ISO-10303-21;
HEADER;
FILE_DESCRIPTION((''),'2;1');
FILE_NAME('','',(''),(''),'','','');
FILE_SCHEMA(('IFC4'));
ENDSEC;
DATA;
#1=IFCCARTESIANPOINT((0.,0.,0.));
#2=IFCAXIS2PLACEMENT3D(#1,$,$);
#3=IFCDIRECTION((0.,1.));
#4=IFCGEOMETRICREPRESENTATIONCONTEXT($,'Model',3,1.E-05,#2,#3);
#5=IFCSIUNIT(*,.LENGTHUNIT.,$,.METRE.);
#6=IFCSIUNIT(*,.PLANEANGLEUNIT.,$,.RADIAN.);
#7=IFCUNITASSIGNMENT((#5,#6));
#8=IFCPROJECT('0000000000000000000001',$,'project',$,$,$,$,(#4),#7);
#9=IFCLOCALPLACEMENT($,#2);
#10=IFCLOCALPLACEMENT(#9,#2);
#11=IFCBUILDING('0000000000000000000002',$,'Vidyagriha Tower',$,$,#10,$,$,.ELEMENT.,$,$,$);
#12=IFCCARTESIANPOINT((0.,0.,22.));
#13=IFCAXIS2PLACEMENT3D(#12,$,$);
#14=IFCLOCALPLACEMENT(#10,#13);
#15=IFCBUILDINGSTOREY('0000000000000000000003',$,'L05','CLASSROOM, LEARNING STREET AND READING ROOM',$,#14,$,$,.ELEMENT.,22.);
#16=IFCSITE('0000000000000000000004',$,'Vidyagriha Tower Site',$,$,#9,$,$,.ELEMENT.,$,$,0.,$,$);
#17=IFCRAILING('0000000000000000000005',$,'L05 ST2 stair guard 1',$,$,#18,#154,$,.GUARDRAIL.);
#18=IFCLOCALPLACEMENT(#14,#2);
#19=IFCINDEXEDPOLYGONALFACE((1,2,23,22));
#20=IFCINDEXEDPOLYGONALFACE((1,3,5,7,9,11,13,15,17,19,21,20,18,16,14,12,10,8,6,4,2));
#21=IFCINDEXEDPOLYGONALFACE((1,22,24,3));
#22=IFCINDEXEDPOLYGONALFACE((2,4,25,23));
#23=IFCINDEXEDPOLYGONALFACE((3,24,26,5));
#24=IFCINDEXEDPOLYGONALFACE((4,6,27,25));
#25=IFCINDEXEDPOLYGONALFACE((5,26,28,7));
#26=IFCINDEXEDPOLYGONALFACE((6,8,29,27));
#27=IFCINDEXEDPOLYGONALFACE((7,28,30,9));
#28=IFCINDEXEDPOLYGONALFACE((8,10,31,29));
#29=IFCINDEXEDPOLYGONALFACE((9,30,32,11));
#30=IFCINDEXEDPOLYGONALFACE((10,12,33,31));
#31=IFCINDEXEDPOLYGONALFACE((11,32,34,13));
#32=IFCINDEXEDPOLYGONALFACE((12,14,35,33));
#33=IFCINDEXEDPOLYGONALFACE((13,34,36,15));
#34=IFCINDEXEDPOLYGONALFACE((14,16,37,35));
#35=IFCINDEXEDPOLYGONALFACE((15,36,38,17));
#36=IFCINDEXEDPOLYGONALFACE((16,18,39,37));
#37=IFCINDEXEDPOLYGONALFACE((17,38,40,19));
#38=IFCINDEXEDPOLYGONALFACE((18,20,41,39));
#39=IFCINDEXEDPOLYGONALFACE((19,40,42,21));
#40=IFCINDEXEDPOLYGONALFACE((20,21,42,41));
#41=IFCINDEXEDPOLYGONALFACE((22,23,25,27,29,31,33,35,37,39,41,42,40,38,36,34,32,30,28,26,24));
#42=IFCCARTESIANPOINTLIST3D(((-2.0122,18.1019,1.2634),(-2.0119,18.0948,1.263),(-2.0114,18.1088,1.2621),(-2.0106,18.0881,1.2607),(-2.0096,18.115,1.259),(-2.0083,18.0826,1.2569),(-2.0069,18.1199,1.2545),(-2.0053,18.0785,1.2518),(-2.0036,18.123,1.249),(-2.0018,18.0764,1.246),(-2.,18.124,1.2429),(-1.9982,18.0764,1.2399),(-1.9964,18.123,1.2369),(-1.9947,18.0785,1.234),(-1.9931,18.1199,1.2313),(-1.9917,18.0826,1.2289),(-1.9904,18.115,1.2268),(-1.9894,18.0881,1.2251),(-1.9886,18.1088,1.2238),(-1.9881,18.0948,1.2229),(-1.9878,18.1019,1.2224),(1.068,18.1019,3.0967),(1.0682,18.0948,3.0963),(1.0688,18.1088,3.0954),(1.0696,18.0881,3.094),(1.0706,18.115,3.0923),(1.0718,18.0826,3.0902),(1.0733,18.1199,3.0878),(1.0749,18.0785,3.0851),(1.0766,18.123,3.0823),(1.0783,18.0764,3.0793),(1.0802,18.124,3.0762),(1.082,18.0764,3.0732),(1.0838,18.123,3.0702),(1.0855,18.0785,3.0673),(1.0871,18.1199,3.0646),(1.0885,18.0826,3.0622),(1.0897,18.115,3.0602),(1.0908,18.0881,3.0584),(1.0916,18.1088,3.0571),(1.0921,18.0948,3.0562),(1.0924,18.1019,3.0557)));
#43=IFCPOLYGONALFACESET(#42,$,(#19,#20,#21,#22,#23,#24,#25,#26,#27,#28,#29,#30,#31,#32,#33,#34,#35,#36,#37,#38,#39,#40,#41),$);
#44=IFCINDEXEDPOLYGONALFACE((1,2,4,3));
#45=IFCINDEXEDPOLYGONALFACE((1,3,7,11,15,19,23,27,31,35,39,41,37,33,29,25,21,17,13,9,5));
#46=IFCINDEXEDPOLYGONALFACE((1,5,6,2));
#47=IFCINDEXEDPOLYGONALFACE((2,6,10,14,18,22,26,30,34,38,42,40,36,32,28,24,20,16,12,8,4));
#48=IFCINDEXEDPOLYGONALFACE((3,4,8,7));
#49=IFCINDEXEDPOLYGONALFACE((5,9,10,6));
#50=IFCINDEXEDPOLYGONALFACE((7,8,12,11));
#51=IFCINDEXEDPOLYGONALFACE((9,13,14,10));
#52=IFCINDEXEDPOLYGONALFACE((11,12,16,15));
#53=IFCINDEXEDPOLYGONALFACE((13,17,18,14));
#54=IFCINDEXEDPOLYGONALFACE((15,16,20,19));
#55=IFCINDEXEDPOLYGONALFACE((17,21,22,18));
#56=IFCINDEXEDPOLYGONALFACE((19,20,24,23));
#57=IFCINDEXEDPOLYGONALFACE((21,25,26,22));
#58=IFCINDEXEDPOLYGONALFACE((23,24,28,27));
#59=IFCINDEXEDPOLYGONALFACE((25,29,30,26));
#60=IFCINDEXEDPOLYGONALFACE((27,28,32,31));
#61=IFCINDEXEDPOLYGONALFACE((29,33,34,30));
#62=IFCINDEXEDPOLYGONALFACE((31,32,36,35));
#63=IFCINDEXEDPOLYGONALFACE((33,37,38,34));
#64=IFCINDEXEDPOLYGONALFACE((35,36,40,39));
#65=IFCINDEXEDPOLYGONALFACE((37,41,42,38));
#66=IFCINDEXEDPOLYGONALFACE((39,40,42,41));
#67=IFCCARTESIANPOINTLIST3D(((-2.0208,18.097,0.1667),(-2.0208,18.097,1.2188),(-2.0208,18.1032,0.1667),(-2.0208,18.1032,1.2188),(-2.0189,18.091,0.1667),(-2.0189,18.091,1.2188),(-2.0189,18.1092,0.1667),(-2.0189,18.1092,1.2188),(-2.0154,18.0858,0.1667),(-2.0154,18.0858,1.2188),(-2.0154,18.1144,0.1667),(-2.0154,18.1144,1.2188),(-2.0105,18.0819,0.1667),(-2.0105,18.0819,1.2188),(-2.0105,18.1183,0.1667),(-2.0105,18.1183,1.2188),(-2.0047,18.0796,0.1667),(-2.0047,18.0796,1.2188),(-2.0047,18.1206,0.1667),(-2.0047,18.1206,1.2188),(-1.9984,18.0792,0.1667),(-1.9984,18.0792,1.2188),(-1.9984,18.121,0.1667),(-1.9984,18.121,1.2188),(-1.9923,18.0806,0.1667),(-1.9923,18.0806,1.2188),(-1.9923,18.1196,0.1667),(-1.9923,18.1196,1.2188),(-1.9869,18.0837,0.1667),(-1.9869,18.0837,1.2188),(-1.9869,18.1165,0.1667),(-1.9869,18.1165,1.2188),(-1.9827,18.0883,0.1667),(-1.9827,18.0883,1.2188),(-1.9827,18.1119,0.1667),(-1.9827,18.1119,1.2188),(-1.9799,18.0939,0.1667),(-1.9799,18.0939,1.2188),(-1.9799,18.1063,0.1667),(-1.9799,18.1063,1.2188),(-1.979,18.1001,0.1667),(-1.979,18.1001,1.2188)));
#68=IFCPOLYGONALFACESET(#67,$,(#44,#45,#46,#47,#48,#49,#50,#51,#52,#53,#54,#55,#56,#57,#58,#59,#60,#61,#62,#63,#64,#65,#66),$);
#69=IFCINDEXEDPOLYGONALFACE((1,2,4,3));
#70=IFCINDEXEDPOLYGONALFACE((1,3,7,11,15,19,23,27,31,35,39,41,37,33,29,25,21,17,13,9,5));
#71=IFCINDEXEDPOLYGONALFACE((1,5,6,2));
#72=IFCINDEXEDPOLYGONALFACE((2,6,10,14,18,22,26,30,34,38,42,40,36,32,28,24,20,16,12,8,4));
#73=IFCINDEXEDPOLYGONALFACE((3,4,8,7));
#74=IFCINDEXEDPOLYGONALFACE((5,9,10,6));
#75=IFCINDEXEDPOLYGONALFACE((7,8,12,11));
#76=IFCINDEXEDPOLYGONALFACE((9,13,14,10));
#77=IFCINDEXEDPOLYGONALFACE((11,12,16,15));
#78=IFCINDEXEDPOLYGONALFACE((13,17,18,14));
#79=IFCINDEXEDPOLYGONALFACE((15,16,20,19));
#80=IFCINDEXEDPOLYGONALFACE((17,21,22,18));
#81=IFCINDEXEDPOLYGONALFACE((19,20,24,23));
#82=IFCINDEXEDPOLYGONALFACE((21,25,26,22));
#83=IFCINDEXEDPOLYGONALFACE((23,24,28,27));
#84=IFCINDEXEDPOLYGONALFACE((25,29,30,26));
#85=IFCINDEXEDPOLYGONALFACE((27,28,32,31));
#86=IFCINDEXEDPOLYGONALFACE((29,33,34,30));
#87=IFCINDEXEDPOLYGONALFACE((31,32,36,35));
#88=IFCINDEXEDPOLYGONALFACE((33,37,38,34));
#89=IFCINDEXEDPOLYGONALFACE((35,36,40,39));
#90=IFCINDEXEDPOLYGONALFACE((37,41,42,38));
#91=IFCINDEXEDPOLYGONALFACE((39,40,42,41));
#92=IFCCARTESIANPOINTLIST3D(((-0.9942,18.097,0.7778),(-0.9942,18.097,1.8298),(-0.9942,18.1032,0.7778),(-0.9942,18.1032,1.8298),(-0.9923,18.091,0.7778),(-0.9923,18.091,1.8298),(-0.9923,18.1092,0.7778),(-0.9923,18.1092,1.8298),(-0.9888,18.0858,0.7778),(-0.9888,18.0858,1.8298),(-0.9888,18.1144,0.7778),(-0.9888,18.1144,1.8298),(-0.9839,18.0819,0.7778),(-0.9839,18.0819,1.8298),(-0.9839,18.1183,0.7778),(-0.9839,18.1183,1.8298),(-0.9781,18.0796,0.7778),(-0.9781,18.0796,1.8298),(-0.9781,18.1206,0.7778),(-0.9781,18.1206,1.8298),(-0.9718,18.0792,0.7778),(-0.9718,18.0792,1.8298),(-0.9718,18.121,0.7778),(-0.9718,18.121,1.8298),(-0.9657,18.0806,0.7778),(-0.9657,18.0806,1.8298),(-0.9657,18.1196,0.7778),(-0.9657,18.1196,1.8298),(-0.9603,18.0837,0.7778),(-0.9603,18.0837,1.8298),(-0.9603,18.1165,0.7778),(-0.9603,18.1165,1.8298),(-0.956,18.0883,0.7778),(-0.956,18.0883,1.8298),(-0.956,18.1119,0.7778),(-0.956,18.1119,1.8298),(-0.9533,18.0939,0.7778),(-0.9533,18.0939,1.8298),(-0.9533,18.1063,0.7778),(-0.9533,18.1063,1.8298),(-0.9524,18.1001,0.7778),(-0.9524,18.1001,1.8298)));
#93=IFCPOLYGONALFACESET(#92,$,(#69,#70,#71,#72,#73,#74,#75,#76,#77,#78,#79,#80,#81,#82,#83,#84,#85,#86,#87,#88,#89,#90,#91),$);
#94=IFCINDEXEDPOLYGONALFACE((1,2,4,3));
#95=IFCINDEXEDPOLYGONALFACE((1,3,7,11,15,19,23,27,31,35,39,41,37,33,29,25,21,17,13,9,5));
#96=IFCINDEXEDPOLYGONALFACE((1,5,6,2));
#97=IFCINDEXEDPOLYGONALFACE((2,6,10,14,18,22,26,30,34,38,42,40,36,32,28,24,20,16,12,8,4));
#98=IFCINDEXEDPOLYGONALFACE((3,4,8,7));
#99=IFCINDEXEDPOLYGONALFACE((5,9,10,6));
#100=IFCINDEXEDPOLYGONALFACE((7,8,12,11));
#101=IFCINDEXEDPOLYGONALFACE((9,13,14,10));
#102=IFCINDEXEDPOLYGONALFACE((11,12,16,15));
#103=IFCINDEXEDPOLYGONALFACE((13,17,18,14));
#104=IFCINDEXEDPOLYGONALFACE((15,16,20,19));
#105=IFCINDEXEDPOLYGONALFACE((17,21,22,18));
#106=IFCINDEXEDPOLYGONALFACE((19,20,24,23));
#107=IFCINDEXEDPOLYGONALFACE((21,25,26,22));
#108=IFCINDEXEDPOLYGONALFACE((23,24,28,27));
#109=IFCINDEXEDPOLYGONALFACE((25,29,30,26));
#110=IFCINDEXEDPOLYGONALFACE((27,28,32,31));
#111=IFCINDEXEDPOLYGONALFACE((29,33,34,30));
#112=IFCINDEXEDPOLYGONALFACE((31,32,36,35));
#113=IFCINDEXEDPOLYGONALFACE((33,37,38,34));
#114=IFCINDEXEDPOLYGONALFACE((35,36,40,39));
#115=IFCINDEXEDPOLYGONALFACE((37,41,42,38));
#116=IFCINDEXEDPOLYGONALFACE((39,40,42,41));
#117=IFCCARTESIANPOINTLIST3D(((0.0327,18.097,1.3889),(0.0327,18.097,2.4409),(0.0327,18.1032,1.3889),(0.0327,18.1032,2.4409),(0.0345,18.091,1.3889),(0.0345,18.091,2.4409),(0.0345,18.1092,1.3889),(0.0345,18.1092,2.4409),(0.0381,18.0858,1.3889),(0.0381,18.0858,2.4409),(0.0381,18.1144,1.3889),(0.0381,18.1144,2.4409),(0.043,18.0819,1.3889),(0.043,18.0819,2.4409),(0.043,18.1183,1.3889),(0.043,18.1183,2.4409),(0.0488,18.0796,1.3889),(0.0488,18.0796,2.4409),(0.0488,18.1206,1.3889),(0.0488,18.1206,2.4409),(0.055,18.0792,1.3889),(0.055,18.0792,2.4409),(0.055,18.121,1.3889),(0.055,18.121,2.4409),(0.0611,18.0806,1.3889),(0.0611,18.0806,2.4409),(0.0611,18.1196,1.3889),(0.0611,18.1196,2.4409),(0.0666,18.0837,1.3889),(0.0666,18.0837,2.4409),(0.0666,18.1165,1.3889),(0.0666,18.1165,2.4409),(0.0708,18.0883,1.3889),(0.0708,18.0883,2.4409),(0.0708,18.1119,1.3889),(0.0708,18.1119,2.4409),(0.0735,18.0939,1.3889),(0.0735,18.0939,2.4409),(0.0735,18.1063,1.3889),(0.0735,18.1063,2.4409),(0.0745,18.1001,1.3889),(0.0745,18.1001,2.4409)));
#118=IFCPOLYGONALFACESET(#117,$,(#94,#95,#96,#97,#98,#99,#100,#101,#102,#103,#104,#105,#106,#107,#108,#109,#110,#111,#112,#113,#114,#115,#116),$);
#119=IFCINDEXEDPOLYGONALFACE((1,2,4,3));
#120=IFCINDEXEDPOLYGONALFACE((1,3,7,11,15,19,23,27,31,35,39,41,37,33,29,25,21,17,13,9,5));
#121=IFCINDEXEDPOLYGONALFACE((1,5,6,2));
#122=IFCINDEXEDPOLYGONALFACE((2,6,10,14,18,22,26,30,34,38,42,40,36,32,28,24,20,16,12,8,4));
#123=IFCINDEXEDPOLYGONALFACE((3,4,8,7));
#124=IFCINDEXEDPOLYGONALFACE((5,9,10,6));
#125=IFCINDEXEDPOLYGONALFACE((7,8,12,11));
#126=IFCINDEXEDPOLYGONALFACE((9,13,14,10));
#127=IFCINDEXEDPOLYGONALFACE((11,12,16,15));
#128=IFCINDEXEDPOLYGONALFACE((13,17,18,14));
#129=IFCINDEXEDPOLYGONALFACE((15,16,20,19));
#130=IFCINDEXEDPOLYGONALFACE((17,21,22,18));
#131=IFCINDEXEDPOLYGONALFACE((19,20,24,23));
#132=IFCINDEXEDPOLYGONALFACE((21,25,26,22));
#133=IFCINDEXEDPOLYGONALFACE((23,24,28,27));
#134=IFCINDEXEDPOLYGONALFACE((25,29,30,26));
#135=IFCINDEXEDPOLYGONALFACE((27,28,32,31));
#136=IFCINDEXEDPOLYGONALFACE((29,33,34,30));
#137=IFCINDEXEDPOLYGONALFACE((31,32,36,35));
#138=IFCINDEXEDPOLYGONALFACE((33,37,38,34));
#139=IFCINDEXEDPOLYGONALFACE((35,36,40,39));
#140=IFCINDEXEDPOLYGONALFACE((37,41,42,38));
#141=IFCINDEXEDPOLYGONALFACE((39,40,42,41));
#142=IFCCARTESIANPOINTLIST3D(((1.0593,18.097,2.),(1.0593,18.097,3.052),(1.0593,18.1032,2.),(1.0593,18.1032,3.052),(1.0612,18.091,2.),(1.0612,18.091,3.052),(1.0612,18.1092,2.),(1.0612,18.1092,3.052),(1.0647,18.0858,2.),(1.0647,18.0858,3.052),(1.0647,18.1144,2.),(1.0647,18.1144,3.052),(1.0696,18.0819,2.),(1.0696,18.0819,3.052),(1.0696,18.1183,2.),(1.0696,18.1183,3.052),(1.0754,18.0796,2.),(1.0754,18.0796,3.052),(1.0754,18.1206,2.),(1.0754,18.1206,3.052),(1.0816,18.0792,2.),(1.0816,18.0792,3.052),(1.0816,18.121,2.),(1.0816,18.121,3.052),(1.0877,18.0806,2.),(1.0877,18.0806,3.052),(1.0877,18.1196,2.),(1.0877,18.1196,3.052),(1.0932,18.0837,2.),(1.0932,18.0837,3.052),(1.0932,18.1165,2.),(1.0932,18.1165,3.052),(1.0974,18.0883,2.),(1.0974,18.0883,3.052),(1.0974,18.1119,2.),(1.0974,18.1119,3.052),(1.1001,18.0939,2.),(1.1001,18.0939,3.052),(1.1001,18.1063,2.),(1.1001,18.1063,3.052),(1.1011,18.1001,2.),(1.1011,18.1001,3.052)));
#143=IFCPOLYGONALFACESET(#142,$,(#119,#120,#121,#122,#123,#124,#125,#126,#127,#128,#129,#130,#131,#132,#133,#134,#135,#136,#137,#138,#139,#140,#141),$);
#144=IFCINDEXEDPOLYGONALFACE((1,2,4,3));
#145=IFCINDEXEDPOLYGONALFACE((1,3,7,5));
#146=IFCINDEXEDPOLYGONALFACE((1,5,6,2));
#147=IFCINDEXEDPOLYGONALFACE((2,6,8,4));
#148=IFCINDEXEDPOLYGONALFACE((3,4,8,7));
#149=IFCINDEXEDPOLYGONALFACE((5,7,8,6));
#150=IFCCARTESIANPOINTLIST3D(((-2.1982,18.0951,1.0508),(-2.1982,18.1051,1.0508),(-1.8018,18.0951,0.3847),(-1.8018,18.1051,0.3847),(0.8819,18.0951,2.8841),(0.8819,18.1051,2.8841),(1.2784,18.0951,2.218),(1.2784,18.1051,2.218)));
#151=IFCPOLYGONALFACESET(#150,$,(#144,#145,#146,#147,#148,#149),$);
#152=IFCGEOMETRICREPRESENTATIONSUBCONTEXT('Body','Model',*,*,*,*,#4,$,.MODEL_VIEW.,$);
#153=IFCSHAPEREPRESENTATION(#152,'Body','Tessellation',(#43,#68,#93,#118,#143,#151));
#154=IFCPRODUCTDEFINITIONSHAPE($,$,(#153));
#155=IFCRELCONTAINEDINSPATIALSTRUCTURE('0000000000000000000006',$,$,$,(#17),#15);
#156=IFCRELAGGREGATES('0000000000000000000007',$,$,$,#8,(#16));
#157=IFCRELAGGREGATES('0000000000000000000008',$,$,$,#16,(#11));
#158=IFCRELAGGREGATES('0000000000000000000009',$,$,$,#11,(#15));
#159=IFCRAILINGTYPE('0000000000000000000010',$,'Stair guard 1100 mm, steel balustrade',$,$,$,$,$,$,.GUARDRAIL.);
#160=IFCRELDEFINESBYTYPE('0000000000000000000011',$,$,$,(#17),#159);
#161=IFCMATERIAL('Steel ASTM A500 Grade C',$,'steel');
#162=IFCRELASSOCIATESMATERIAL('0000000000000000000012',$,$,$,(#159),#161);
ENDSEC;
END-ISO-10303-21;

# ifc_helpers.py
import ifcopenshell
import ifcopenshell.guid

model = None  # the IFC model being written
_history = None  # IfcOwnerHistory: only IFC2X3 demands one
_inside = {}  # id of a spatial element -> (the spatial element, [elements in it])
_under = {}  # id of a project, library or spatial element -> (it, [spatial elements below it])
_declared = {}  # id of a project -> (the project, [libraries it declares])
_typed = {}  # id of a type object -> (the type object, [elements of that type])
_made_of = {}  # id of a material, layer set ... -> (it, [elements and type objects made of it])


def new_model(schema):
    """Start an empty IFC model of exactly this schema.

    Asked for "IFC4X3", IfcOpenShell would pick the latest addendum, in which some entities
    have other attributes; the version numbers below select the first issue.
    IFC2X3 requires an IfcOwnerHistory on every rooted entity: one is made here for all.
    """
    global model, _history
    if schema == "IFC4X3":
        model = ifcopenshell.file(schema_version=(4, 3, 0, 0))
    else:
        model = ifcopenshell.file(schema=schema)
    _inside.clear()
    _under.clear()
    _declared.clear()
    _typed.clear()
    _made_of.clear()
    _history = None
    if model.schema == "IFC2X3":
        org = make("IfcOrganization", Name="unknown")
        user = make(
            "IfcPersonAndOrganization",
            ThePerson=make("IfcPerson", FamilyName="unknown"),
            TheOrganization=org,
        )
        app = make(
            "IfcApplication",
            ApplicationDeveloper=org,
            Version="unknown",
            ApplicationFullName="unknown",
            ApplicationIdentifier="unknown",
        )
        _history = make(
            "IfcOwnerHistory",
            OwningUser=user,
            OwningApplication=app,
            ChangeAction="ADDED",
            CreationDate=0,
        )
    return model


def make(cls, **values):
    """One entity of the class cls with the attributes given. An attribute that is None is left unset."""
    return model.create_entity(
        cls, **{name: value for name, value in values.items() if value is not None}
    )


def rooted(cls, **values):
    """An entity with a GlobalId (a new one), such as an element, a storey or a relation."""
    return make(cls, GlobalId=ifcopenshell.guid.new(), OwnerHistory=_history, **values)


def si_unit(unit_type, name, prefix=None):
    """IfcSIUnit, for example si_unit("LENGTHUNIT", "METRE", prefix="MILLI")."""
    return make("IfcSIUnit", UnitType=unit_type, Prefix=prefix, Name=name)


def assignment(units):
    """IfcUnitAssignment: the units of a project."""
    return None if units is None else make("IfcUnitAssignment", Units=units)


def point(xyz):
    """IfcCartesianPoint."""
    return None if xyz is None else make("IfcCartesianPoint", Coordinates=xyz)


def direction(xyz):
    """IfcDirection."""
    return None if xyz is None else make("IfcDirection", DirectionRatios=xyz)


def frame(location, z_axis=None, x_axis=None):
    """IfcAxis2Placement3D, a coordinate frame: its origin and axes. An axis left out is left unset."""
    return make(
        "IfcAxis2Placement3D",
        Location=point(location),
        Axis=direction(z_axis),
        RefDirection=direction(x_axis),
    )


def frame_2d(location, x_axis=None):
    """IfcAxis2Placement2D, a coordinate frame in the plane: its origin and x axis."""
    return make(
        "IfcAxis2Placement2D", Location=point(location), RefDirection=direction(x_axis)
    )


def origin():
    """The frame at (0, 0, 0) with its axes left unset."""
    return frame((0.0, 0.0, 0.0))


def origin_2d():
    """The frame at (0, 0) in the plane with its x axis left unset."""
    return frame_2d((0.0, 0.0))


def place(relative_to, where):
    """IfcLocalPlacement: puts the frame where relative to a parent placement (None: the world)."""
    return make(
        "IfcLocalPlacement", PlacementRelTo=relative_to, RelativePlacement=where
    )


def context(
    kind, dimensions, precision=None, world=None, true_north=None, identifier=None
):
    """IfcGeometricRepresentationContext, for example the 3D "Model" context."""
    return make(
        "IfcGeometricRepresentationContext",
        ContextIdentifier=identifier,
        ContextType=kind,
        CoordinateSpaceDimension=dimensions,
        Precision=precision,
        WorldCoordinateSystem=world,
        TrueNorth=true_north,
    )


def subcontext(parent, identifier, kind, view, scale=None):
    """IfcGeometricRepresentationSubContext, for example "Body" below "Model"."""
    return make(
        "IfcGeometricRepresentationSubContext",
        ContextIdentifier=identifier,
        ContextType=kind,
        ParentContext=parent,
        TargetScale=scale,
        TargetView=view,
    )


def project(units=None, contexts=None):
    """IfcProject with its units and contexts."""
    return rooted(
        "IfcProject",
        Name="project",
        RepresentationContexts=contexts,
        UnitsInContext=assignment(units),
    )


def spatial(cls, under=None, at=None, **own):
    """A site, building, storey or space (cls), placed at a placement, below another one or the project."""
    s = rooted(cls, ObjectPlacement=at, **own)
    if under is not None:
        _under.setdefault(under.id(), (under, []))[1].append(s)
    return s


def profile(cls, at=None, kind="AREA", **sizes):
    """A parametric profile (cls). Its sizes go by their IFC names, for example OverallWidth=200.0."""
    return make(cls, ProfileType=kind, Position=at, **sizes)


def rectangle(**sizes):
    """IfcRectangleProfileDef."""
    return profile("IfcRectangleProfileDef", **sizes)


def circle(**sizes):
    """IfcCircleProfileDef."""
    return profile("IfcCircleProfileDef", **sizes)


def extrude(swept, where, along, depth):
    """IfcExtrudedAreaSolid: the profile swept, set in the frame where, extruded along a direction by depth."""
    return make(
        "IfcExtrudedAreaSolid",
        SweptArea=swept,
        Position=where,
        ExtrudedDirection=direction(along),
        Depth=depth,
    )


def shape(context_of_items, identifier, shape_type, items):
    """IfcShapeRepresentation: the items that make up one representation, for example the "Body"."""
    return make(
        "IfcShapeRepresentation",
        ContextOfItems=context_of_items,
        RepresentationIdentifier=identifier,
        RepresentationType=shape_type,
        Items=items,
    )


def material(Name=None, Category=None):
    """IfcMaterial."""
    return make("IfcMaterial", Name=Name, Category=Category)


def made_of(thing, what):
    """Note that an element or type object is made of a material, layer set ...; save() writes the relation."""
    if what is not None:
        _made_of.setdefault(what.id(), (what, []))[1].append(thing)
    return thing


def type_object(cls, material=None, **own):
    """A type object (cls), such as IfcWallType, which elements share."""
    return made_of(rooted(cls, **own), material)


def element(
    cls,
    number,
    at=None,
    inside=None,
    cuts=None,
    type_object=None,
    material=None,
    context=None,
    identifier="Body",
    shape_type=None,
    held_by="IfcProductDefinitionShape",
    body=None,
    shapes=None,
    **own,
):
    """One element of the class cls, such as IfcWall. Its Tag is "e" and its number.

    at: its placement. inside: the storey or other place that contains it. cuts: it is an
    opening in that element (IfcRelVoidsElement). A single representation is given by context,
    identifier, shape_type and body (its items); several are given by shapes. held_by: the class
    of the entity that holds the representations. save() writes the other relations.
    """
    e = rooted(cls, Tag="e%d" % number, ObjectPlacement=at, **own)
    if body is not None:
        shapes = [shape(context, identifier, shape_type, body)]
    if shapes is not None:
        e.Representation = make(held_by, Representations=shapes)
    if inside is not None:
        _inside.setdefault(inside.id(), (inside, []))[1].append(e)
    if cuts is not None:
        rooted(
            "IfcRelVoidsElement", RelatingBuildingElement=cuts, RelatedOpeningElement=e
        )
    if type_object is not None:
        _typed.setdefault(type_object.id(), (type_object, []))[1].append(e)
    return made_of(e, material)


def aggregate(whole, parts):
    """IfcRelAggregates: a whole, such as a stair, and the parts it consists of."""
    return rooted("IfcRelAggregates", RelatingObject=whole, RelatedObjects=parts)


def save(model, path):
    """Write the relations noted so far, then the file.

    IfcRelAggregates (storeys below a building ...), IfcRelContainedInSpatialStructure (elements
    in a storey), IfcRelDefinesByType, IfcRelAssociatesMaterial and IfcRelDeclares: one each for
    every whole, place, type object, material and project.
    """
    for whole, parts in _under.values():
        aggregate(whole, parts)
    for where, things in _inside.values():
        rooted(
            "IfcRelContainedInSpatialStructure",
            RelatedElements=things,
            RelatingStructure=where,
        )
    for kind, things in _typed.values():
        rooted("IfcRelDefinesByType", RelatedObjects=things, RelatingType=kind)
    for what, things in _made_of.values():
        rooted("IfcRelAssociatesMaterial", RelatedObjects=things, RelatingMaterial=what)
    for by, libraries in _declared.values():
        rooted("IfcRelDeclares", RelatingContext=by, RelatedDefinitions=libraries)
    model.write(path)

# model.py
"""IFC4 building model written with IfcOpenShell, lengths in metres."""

from ifc_helpers import new_model, si_unit, direction, frame, origin, origin_2d, place, context, subcontext, project, spatial, rectangle, circle, extrude, material, type_object, element, save


model = new_model("IFC4")

# Units and contexts
model_context = context("Model", 3, precision=1e-05, world=origin(), true_north=direction((0.0, 1.0)))
body_context = subcontext(model_context, "Body", "Model", "MODEL_VIEW")
ifc_project = project(units=[si_unit("LENGTHUNIT", "METRE"), si_unit("PLANEANGLEUNIT", "RADIAN")], contexts=[model_context])

# Site, building, storey
site_placement = place(None, origin())
site = spatial("IfcSite", under=ifc_project, at=site_placement, Name="Vidyagriha Tower Site", CompositionType="ELEMENT", RefElevation=0.0)
building_placement = place(site_placement, origin())
building = spatial("IfcBuilding", under=site, at=building_placement, Name="Vidyagriha Tower", CompositionType="ELEMENT")
storey_placement = place(building_placement, frame((0.0, 0.0, 22.0)))
storey = spatial("IfcBuildingStorey", under=building, at=storey_placement, Name="L05", Description="CLASSROOM, LEARNING STREET AND READING ROOM", CompositionType="ELEMENT", Elevation=22.0)

# Railing
ifc_material_1 = material(Name="Steel ASTM A500 Grade C", Category="steel")
railing_type_1 = type_object("IfcRailingType", Name="Stair guard 1100 mm, steel balustrade", PredefinedType="GUARDRAIL", material=ifc_material_1)
railing_1_placement = place(storey_placement, frame((-2.0, 18.1001, 0.1667)))
element("IfcRailing", 1, at=railing_1_placement, inside=storey, type_object=railing_type_1, Name="L05 ST2 stair guard 1", PredefinedType="GUARDRAIL", context=body_context, shape_type="SweptSolid", body=[
    extrude(circle(Radius=0.0239, at=origin_2d()), frame((0.0, 0.0, 1.0762), z_axis=(0.859309, 0.0, 0.511458), x_axis=(0.0, 1.0, 0.0)), (0.0, 0.0, 1.0), 3.5845),
    extrude(circle(Radius=0.021, at=origin_2d()), origin(), (0.0, 0.0, 1.0), 1.052),
    extrude(circle(Radius=0.021, at=origin_2d()), frame((1.0266, 0.0, 0.6111)), (0.0, 0.0, 1.0), 1.052),
    extrude(circle(Radius=0.021, at=origin_2d()), frame((2.0535, 0.0, 1.2222)), (0.0, 0.0, 1.0), 1.052),
    extrude(circle(Radius=0.021, at=origin_2d()), frame((3.0801, 0.0, 1.8333)), (0.0, 0.0, 1.0), 1.052),
    extrude(rectangle(XDim=0.01, YDim=0.7751, at=origin_2d()), frame((0.0, 0.0, 0.551), z_axis=(0.859309, 0.0, 0.511458), x_axis=(0.0, 1.0, 0.0)), (0.0, 0.0, 1.0), 3.5845),
])

save(model, "model.ifc")
